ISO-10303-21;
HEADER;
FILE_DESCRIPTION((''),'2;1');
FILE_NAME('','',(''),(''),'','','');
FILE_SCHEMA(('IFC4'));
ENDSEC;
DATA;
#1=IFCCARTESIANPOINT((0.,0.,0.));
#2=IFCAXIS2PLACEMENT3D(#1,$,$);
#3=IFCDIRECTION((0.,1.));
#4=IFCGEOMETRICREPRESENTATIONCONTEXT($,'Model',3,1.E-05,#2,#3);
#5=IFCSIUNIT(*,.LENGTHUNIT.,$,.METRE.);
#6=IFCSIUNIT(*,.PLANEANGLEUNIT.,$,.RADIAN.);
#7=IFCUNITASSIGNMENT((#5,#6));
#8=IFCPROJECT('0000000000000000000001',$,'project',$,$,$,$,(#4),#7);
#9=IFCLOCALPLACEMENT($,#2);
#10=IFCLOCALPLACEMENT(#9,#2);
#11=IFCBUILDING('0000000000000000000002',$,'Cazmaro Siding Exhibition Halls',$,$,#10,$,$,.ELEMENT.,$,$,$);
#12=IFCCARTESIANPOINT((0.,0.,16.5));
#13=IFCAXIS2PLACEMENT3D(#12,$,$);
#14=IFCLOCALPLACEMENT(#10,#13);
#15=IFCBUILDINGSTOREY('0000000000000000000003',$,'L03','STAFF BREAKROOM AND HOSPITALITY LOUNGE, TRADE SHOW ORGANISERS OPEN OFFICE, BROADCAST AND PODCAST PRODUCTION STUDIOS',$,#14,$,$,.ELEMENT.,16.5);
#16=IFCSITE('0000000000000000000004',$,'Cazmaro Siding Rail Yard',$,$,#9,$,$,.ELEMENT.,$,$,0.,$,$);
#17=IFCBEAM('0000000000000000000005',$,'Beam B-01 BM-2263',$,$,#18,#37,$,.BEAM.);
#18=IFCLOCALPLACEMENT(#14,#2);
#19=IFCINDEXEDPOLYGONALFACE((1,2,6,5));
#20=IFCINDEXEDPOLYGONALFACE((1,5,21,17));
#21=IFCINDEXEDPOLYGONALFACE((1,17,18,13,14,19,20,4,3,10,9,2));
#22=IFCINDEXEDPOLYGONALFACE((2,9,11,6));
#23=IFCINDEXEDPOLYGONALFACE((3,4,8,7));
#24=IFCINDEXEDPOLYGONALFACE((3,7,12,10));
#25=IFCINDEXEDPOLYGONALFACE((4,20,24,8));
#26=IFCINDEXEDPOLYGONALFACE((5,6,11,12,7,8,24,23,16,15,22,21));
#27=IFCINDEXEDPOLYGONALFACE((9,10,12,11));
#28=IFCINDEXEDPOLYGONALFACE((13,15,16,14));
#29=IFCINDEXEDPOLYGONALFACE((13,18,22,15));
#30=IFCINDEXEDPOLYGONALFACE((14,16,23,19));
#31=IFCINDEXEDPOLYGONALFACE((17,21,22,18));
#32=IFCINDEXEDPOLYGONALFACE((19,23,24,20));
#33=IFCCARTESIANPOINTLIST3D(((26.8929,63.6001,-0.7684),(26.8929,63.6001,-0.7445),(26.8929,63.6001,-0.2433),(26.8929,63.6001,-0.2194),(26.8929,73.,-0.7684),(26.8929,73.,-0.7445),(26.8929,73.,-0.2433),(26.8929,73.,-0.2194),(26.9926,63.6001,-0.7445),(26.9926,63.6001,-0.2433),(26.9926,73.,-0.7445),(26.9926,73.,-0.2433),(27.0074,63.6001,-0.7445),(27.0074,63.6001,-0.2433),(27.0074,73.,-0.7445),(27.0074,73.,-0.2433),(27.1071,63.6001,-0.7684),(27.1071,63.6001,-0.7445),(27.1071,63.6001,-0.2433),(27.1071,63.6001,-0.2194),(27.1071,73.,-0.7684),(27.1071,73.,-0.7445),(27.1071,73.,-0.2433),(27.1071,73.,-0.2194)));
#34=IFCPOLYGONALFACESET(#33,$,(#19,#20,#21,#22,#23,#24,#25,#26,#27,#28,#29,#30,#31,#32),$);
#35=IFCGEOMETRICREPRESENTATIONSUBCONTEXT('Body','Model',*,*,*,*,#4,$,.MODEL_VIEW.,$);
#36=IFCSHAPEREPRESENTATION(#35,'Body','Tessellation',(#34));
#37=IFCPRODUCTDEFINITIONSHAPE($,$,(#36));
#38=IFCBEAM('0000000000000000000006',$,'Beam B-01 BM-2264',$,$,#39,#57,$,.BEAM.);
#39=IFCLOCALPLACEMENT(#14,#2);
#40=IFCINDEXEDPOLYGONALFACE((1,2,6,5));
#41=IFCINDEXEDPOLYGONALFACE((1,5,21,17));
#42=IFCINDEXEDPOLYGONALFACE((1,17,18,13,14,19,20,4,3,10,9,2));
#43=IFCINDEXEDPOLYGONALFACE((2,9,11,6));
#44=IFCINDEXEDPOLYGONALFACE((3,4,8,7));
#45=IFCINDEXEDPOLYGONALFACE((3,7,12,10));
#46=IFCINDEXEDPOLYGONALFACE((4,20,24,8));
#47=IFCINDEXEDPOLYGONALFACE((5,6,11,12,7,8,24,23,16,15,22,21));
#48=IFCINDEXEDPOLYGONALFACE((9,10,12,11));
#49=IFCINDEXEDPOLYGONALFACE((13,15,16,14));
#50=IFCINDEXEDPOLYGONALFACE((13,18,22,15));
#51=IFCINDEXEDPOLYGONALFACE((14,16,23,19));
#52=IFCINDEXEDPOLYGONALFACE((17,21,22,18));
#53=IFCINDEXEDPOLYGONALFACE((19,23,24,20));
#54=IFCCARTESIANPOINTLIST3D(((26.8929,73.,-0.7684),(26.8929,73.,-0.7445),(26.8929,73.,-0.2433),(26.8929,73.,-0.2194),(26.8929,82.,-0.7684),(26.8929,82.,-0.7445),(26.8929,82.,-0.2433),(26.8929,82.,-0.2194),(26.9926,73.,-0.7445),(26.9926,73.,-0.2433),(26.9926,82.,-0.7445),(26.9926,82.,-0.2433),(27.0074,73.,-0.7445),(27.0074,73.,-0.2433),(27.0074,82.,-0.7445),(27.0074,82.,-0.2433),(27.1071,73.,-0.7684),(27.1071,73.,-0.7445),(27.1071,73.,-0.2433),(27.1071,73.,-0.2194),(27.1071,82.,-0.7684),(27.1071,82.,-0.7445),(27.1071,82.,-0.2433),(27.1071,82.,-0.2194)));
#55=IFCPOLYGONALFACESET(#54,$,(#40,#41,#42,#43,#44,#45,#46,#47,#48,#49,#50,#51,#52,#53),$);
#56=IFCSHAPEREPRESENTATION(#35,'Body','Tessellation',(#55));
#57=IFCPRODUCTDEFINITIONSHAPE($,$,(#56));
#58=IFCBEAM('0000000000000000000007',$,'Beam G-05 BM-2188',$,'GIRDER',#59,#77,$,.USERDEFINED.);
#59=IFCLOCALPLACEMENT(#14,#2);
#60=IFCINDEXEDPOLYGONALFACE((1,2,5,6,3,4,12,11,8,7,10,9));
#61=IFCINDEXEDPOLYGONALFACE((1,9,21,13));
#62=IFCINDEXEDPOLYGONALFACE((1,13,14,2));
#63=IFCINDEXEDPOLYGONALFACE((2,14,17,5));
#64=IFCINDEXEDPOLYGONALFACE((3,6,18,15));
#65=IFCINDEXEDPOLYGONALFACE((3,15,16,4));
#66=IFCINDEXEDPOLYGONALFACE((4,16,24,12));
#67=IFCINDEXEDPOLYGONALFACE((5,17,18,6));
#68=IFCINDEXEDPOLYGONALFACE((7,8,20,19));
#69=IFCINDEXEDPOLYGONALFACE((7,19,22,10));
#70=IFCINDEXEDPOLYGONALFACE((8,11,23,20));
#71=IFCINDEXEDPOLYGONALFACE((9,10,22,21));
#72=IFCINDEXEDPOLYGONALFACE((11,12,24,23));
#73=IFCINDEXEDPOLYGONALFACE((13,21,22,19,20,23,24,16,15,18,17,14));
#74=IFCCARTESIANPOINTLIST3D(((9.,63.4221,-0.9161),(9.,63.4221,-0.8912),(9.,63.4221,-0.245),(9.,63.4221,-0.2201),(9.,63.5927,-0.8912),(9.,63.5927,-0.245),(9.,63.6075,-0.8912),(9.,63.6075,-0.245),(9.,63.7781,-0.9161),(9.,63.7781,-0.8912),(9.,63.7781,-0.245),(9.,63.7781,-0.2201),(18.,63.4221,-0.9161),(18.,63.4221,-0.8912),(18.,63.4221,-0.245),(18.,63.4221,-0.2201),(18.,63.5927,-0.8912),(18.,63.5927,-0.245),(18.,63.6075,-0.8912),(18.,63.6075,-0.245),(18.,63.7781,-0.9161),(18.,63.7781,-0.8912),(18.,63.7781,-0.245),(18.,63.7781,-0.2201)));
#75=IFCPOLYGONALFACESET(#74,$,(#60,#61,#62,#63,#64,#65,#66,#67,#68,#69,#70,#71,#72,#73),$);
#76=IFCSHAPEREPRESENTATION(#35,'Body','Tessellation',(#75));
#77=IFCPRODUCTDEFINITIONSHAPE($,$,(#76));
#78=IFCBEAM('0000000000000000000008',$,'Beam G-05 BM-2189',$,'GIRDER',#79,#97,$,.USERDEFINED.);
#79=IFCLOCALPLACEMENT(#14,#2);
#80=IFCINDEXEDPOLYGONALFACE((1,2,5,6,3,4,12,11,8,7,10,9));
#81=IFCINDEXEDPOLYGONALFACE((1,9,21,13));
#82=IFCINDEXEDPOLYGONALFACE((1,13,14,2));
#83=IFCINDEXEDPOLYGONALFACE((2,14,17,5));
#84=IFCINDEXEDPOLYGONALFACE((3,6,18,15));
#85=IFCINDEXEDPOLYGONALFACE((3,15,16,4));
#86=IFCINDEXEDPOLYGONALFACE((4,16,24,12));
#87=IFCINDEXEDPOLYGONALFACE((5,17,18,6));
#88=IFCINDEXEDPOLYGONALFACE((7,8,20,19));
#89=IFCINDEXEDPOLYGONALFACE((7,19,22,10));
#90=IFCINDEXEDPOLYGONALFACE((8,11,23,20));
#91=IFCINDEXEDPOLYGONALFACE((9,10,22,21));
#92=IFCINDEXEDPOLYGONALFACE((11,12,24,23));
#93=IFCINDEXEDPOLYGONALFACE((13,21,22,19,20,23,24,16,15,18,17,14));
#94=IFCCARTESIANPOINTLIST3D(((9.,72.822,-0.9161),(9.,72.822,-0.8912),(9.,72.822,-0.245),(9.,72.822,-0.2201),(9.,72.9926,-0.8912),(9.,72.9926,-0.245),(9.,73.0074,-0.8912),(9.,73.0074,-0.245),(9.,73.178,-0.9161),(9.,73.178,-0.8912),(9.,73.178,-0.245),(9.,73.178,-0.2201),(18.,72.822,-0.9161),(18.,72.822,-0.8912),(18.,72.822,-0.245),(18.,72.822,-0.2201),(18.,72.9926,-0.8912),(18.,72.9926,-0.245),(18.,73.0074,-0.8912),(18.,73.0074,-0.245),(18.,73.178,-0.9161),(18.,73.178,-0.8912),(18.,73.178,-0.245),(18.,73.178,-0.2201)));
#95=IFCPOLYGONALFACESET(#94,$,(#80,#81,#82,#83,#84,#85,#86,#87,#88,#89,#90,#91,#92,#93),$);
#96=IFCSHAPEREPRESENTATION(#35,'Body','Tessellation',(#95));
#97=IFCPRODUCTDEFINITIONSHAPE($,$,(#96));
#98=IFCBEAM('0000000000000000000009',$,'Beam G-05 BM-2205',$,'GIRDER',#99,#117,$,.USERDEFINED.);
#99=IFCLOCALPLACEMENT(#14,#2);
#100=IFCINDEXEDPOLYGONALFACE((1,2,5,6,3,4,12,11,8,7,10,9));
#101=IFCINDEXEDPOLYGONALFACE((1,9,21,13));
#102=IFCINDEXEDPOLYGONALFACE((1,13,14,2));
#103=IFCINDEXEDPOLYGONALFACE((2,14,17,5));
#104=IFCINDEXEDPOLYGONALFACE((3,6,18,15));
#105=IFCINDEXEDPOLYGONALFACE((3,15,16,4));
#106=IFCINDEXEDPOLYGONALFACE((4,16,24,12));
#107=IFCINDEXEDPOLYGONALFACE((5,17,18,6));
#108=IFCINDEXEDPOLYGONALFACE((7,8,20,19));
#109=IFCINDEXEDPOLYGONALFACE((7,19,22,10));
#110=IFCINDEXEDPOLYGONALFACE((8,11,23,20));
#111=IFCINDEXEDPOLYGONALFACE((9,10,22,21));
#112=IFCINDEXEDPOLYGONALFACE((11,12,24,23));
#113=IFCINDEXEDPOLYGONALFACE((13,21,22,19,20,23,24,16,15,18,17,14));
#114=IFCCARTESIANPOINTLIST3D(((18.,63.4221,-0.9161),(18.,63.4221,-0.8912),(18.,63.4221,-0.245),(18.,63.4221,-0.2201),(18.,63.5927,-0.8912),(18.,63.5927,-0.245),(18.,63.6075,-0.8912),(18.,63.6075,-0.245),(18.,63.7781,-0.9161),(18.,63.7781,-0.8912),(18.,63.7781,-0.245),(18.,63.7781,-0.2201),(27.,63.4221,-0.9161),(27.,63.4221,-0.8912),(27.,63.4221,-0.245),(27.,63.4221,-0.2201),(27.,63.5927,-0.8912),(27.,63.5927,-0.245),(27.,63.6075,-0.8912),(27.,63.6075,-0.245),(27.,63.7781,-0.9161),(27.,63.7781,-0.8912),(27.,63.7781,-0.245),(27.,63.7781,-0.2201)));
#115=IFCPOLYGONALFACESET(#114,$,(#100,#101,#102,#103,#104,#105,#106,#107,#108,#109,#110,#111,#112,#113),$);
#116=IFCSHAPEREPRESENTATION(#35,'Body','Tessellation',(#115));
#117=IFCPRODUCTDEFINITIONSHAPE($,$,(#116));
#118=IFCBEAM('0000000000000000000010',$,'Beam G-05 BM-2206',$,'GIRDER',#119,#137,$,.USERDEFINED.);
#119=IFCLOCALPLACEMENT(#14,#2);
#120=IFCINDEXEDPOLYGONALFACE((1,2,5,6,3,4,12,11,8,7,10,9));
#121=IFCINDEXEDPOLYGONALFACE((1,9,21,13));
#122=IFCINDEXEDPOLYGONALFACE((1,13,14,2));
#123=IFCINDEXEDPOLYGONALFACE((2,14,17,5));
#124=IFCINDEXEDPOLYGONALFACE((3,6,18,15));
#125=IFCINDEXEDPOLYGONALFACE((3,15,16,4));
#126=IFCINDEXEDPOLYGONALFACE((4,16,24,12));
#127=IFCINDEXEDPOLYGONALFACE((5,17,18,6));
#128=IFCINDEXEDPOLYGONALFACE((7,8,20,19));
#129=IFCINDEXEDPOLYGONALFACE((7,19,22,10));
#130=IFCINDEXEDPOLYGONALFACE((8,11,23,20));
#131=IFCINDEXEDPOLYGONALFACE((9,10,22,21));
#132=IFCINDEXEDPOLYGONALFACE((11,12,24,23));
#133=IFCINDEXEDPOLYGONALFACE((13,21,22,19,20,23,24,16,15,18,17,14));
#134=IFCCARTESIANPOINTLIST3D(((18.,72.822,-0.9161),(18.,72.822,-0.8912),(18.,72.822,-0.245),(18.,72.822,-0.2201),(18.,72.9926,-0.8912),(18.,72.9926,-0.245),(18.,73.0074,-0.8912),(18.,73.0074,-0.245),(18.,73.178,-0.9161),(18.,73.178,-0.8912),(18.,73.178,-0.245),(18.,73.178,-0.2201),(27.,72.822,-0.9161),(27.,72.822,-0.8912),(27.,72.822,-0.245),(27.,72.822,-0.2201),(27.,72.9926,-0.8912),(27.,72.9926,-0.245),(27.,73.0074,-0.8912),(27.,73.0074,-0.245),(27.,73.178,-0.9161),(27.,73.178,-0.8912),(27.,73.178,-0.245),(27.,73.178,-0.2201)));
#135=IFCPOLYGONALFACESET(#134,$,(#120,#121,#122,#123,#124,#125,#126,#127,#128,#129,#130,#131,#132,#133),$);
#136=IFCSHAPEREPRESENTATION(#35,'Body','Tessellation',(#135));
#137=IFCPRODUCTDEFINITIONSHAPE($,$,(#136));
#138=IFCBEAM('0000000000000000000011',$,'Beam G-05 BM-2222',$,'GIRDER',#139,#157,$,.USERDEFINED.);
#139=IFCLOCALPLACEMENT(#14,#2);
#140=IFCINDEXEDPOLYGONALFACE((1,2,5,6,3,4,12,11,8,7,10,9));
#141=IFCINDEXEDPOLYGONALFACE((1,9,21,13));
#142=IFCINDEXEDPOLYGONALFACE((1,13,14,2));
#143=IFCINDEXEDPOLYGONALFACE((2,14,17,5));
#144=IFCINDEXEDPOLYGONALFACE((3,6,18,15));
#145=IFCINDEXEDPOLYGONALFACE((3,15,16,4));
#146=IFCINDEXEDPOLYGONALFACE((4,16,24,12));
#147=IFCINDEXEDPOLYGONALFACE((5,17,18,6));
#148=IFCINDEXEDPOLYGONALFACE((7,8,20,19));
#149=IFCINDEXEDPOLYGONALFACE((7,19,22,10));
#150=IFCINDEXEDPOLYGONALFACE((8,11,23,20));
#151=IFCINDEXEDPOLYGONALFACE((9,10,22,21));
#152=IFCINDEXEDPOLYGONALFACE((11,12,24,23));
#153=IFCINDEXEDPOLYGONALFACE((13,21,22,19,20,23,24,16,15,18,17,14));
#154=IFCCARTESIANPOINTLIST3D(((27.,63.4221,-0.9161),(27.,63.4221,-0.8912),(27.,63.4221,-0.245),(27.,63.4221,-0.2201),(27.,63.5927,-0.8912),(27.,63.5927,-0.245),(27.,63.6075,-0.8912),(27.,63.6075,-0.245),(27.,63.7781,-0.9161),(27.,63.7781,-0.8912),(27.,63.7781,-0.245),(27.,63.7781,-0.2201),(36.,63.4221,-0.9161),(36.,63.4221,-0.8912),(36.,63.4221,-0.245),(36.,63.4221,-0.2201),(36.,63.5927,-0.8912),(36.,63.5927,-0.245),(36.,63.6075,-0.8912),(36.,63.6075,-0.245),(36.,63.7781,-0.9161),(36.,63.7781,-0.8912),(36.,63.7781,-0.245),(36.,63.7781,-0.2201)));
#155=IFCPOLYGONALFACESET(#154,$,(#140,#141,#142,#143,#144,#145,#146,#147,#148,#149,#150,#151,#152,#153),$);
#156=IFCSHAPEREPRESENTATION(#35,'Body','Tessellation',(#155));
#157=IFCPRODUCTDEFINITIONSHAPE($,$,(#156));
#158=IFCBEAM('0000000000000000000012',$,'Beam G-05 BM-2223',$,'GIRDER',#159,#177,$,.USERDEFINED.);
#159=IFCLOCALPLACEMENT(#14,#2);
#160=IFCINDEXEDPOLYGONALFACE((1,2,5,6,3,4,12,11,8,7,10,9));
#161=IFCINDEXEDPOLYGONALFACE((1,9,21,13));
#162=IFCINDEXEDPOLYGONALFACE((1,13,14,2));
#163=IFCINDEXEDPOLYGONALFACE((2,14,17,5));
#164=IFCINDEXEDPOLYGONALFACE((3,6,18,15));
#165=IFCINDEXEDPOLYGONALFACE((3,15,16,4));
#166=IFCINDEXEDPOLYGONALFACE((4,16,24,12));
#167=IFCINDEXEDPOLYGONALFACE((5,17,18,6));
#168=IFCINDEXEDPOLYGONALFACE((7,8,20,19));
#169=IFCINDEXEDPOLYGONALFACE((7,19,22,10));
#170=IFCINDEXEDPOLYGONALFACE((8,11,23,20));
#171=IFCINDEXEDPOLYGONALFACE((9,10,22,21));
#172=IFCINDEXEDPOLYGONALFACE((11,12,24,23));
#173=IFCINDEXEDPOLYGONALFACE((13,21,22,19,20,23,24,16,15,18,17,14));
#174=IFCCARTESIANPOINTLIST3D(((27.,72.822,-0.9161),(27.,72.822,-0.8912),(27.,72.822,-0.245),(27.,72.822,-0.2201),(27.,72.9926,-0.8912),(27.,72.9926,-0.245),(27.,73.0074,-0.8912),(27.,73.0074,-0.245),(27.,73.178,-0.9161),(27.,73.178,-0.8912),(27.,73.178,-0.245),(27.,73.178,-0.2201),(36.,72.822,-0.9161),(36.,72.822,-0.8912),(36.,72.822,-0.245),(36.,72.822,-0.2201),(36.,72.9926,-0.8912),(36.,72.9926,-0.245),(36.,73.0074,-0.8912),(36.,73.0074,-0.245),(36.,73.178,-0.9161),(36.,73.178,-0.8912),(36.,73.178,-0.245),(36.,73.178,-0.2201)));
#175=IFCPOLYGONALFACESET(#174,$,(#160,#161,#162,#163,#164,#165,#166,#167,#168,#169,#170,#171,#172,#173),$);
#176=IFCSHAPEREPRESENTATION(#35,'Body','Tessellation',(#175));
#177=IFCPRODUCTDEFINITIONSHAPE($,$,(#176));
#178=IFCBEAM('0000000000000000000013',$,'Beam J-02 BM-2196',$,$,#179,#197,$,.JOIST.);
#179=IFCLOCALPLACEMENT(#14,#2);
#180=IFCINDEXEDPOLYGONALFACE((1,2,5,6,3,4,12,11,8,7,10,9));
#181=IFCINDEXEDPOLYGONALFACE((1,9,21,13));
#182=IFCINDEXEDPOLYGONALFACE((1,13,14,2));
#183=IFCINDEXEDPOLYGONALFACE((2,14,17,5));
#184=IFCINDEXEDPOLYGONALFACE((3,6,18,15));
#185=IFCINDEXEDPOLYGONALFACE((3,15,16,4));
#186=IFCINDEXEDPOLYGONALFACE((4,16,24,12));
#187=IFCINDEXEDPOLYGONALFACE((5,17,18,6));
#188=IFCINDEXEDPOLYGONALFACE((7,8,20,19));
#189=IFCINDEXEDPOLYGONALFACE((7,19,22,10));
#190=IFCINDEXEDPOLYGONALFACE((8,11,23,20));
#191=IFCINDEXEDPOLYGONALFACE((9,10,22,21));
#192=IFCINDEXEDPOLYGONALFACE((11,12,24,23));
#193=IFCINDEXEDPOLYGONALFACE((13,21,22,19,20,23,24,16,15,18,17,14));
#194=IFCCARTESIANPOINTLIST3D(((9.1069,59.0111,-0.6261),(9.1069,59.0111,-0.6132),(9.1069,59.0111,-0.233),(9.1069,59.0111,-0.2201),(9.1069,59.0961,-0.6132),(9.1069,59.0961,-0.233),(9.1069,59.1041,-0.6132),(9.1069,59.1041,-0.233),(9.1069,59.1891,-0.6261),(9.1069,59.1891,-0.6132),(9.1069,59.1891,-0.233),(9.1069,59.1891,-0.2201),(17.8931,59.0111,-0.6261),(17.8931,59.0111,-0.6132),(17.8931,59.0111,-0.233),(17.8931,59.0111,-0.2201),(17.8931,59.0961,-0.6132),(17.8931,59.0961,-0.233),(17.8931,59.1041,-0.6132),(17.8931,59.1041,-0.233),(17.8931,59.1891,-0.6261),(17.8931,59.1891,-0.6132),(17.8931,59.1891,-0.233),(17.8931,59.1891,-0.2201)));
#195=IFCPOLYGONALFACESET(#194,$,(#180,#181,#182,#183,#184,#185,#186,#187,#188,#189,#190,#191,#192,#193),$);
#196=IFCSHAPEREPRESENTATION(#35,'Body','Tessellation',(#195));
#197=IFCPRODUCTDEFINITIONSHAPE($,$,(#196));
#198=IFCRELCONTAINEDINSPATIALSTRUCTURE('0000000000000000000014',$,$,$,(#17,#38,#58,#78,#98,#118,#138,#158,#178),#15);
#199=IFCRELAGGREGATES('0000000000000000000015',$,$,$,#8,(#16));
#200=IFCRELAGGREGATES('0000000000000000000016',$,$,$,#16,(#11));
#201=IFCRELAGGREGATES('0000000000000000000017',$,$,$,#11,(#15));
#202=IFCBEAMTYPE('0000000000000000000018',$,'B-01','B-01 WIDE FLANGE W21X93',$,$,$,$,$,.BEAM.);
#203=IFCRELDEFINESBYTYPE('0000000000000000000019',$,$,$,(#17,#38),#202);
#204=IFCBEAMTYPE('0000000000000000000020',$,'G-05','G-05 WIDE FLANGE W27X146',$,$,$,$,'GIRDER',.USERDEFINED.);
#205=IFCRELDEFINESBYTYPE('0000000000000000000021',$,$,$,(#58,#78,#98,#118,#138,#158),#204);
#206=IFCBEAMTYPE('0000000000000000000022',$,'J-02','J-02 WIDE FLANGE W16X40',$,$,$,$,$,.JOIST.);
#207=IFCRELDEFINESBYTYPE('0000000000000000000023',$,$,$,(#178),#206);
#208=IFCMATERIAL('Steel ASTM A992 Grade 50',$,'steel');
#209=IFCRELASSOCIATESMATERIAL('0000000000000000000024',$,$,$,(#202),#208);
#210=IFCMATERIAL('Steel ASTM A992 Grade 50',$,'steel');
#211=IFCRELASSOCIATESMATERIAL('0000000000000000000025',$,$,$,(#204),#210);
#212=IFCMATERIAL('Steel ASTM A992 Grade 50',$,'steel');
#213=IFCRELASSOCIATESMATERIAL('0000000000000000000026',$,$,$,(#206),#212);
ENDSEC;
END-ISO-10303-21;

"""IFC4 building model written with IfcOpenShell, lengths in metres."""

from ifc_helpers import new_model, si_unit, direction, frame, origin, origin_2d, place, context, subcontext, project, spatial, i_section, extrude, material, material_profile, profile_set, type_object, element, save


model = new_model("IFC4")

# Units and contexts
model_context = context("Model", 3, precision=1e-05, world=origin(), true_north=direction((0.0, 1.0)))
body_context = subcontext(model_context, "Body", "Model", "MODEL_VIEW")
ifc_project = project(units=[si_unit("LENGTHUNIT", "METRE"), si_unit("PLANEANGLEUNIT", "RADIAN")], contexts=[model_context])

# Site, building, storey
site_placement = place(None, origin())
site = spatial("IfcSite", under=ifc_project, at=site_placement, Name="Cazmaro Siding Rail Yard", CompositionType="ELEMENT", RefElevation=0.0)
building_placement = place(site_placement, origin())
building = spatial("IfcBuilding", under=site, at=building_placement, Name="Cazmaro Siding Exhibition Halls", CompositionType="ELEMENT")
storey_placement = place(building_placement, frame((0.0, 0.0, 16.5)))
storey = spatial("IfcBuildingStorey", under=building, at=storey_placement, Name="L03", Description="STAFF BREAKROOM AND HOSPITALITY LOUNGE, TRADE SHOW ORGANISERS OPEN OFFICE, BROADCAST AND PODCAST PRODUCTION STUDIOS", CompositionType="ELEMENT", Elevation=16.5)

# Beams
ifc_material_1 = material(Name="Steel ASTM A992 Grade 50", Category="steel")
ifc_material_profile_1 = material_profile(ifc_material_1, i_section(OverallWidth=0.2141, OverallDepth=0.5491, WebThickness=0.0149, FlangeThickness=0.0239, at=origin_2d()), Name="W21X93")
ifc_profile_set_1 = profile_set([ifc_material_profile_1], Name="Steel ASTM A992 Grade 50")
beam_type_1 = type_object("IfcBeamType", Name="B-01", Description="B-01 WIDE FLANGE W21X93", PredefinedType="BEAM", material=ifc_profile_set_1)
beam_1_placement = place(storey_placement, frame((27.0, 63.6001, -0.4939), z_axis=(0.0, 1.0, 0.0), x_axis=(-1.0, 0.0, 0.0)))
element("IfcBeam", 1, at=beam_1_placement, inside=storey, type_object=beam_type_1, Name="Beam B-01 BM-2263", PredefinedType="BEAM", context=body_context, shape_type="SweptSolid", body=[
    extrude(i_section(OverallWidth=0.2141, OverallDepth=0.5491, WebThickness=0.0149, FlangeThickness=0.0239, at=origin_2d()), origin(), (0.0, 0.0, 1.0), 9.3999),
])
beam_2_placement = place(storey_placement, frame((27.0, 73.0, -0.4939), z_axis=(0.0, 1.0, 0.0), x_axis=(-1.0, 0.0, 0.0)))
element("IfcBeam", 2, at=beam_2_placement, inside=storey, type_object=beam_type_1, Name="Beam B-01 BM-2264", PredefinedType="BEAM", context=body_context, shape_type="SweptSolid", body=[
    extrude(i_section(OverallWidth=0.2141, OverallDepth=0.5491, WebThickness=0.0149, FlangeThickness=0.0239, at=origin_2d()), origin(), (0.0, 0.0, 1.0), 9.0),
])
ifc_material_2 = material(Name="Steel ASTM A992 Grade 50", Category="steel")
ifc_material_profile_2 = material_profile(ifc_material_2, i_section(OverallWidth=0.356, OverallDepth=0.696, WebThickness=0.0149, FlangeThickness=0.0249, at=origin_2d()), Name="W27X146")
ifc_profile_set_2 = profile_set([ifc_material_profile_2], Name="Steel ASTM A992 Grade 50")
beam_type_2 = type_object("IfcBeamType", Name="G-05", Description="G-05 WIDE FLANGE W27X146", ElementType="GIRDER", PredefinedType="USERDEFINED", material=ifc_profile_set_2)
for number, where, z_axis, x_axis, name in (
    (3, (9.0, 63.6001, -0.5681), (1.0, 0.0, 0.0), (0.0, 1.0, 0.0), "Beam G-05 BM-2188"),
    (4, (9.0, 73.0, -0.5681), (1.0, 0.0, 0.0), (0.0, 1.0, 0.0), "Beam G-05 BM-2189"),
    (5, (18.0, 63.6001, -0.5681), (1.0, 0.0, 0.0), (0.0, 1.0, 0.0), "Beam G-05 BM-2205"),
    (6, (18.0, 73.0, -0.5681), (1.0, 0.0, 0.0), (0.0, 1.0, 0.0), "Beam G-05 BM-2206"),
    (7, (27.0, 63.6001, -0.5681), (1.0, 0.0, 0.0), (0.0, 1.0, 0.0), "Beam G-05 BM-2222"),
    (8, (27.0, 73.0, -0.5681), (1.0, 0.0, 0.0), (0.0, 1.0, 0.0), "Beam G-05 BM-2223"),
):
    element("IfcBeam", number, at=place(storey_placement, frame(where, z_axis=z_axis, x_axis=x_axis)), inside=storey, type_object=beam_type_2, Name=name, ObjectType="GIRDER", PredefinedType="USERDEFINED", context=body_context, shape_type="SweptSolid", body=[
        extrude(i_section(OverallWidth=0.356, OverallDepth=0.696, WebThickness=0.0149, FlangeThickness=0.0249, at=origin_2d()), origin(), (0.0, 0.0, 1.0), 9.0),
    ])
ifc_material_3 = material(Name="Steel ASTM A992 Grade 50", Category="steel")
ifc_material_profile_3 = material_profile(ifc_material_3, i_section(OverallWidth=0.178, OverallDepth=0.406, WebThickness=0.0081, FlangeThickness=0.0129, at=origin_2d()), Name="W16X40")
ifc_profile_set_3 = profile_set([ifc_material_profile_3], Name="Steel ASTM A992 Grade 50")
beam_type_3 = type_object("IfcBeamType", Name="J-02", Description="J-02 WIDE FLANGE W16X40", PredefinedType="JOIST", material=ifc_profile_set_3)
for number, where, z_axis, x_axis, name in (
    (9, (9.1069, 59.1001, -0.4231), (1.0, 0.0, 0.0), (0.0, 1.0, 0.0), "Beam J-02 BM-2196"),
):
    element("IfcBeam", number, at=place(storey_placement, frame(where, z_axis=z_axis, x_axis=x_axis)), inside=storey, type_object=beam_type_3, Name=name, PredefinedType="JOIST", context=body_context, shape_type="SweptSolid", body=[
        extrude(i_section(OverallWidth=0.178, OverallDepth=0.406, WebThickness=0.0081, FlangeThickness=0.0129, at=origin_2d()), origin(), (0.0, 0.0, 1.0), 8.7861),
    ])

save(model, "model.ifc")
